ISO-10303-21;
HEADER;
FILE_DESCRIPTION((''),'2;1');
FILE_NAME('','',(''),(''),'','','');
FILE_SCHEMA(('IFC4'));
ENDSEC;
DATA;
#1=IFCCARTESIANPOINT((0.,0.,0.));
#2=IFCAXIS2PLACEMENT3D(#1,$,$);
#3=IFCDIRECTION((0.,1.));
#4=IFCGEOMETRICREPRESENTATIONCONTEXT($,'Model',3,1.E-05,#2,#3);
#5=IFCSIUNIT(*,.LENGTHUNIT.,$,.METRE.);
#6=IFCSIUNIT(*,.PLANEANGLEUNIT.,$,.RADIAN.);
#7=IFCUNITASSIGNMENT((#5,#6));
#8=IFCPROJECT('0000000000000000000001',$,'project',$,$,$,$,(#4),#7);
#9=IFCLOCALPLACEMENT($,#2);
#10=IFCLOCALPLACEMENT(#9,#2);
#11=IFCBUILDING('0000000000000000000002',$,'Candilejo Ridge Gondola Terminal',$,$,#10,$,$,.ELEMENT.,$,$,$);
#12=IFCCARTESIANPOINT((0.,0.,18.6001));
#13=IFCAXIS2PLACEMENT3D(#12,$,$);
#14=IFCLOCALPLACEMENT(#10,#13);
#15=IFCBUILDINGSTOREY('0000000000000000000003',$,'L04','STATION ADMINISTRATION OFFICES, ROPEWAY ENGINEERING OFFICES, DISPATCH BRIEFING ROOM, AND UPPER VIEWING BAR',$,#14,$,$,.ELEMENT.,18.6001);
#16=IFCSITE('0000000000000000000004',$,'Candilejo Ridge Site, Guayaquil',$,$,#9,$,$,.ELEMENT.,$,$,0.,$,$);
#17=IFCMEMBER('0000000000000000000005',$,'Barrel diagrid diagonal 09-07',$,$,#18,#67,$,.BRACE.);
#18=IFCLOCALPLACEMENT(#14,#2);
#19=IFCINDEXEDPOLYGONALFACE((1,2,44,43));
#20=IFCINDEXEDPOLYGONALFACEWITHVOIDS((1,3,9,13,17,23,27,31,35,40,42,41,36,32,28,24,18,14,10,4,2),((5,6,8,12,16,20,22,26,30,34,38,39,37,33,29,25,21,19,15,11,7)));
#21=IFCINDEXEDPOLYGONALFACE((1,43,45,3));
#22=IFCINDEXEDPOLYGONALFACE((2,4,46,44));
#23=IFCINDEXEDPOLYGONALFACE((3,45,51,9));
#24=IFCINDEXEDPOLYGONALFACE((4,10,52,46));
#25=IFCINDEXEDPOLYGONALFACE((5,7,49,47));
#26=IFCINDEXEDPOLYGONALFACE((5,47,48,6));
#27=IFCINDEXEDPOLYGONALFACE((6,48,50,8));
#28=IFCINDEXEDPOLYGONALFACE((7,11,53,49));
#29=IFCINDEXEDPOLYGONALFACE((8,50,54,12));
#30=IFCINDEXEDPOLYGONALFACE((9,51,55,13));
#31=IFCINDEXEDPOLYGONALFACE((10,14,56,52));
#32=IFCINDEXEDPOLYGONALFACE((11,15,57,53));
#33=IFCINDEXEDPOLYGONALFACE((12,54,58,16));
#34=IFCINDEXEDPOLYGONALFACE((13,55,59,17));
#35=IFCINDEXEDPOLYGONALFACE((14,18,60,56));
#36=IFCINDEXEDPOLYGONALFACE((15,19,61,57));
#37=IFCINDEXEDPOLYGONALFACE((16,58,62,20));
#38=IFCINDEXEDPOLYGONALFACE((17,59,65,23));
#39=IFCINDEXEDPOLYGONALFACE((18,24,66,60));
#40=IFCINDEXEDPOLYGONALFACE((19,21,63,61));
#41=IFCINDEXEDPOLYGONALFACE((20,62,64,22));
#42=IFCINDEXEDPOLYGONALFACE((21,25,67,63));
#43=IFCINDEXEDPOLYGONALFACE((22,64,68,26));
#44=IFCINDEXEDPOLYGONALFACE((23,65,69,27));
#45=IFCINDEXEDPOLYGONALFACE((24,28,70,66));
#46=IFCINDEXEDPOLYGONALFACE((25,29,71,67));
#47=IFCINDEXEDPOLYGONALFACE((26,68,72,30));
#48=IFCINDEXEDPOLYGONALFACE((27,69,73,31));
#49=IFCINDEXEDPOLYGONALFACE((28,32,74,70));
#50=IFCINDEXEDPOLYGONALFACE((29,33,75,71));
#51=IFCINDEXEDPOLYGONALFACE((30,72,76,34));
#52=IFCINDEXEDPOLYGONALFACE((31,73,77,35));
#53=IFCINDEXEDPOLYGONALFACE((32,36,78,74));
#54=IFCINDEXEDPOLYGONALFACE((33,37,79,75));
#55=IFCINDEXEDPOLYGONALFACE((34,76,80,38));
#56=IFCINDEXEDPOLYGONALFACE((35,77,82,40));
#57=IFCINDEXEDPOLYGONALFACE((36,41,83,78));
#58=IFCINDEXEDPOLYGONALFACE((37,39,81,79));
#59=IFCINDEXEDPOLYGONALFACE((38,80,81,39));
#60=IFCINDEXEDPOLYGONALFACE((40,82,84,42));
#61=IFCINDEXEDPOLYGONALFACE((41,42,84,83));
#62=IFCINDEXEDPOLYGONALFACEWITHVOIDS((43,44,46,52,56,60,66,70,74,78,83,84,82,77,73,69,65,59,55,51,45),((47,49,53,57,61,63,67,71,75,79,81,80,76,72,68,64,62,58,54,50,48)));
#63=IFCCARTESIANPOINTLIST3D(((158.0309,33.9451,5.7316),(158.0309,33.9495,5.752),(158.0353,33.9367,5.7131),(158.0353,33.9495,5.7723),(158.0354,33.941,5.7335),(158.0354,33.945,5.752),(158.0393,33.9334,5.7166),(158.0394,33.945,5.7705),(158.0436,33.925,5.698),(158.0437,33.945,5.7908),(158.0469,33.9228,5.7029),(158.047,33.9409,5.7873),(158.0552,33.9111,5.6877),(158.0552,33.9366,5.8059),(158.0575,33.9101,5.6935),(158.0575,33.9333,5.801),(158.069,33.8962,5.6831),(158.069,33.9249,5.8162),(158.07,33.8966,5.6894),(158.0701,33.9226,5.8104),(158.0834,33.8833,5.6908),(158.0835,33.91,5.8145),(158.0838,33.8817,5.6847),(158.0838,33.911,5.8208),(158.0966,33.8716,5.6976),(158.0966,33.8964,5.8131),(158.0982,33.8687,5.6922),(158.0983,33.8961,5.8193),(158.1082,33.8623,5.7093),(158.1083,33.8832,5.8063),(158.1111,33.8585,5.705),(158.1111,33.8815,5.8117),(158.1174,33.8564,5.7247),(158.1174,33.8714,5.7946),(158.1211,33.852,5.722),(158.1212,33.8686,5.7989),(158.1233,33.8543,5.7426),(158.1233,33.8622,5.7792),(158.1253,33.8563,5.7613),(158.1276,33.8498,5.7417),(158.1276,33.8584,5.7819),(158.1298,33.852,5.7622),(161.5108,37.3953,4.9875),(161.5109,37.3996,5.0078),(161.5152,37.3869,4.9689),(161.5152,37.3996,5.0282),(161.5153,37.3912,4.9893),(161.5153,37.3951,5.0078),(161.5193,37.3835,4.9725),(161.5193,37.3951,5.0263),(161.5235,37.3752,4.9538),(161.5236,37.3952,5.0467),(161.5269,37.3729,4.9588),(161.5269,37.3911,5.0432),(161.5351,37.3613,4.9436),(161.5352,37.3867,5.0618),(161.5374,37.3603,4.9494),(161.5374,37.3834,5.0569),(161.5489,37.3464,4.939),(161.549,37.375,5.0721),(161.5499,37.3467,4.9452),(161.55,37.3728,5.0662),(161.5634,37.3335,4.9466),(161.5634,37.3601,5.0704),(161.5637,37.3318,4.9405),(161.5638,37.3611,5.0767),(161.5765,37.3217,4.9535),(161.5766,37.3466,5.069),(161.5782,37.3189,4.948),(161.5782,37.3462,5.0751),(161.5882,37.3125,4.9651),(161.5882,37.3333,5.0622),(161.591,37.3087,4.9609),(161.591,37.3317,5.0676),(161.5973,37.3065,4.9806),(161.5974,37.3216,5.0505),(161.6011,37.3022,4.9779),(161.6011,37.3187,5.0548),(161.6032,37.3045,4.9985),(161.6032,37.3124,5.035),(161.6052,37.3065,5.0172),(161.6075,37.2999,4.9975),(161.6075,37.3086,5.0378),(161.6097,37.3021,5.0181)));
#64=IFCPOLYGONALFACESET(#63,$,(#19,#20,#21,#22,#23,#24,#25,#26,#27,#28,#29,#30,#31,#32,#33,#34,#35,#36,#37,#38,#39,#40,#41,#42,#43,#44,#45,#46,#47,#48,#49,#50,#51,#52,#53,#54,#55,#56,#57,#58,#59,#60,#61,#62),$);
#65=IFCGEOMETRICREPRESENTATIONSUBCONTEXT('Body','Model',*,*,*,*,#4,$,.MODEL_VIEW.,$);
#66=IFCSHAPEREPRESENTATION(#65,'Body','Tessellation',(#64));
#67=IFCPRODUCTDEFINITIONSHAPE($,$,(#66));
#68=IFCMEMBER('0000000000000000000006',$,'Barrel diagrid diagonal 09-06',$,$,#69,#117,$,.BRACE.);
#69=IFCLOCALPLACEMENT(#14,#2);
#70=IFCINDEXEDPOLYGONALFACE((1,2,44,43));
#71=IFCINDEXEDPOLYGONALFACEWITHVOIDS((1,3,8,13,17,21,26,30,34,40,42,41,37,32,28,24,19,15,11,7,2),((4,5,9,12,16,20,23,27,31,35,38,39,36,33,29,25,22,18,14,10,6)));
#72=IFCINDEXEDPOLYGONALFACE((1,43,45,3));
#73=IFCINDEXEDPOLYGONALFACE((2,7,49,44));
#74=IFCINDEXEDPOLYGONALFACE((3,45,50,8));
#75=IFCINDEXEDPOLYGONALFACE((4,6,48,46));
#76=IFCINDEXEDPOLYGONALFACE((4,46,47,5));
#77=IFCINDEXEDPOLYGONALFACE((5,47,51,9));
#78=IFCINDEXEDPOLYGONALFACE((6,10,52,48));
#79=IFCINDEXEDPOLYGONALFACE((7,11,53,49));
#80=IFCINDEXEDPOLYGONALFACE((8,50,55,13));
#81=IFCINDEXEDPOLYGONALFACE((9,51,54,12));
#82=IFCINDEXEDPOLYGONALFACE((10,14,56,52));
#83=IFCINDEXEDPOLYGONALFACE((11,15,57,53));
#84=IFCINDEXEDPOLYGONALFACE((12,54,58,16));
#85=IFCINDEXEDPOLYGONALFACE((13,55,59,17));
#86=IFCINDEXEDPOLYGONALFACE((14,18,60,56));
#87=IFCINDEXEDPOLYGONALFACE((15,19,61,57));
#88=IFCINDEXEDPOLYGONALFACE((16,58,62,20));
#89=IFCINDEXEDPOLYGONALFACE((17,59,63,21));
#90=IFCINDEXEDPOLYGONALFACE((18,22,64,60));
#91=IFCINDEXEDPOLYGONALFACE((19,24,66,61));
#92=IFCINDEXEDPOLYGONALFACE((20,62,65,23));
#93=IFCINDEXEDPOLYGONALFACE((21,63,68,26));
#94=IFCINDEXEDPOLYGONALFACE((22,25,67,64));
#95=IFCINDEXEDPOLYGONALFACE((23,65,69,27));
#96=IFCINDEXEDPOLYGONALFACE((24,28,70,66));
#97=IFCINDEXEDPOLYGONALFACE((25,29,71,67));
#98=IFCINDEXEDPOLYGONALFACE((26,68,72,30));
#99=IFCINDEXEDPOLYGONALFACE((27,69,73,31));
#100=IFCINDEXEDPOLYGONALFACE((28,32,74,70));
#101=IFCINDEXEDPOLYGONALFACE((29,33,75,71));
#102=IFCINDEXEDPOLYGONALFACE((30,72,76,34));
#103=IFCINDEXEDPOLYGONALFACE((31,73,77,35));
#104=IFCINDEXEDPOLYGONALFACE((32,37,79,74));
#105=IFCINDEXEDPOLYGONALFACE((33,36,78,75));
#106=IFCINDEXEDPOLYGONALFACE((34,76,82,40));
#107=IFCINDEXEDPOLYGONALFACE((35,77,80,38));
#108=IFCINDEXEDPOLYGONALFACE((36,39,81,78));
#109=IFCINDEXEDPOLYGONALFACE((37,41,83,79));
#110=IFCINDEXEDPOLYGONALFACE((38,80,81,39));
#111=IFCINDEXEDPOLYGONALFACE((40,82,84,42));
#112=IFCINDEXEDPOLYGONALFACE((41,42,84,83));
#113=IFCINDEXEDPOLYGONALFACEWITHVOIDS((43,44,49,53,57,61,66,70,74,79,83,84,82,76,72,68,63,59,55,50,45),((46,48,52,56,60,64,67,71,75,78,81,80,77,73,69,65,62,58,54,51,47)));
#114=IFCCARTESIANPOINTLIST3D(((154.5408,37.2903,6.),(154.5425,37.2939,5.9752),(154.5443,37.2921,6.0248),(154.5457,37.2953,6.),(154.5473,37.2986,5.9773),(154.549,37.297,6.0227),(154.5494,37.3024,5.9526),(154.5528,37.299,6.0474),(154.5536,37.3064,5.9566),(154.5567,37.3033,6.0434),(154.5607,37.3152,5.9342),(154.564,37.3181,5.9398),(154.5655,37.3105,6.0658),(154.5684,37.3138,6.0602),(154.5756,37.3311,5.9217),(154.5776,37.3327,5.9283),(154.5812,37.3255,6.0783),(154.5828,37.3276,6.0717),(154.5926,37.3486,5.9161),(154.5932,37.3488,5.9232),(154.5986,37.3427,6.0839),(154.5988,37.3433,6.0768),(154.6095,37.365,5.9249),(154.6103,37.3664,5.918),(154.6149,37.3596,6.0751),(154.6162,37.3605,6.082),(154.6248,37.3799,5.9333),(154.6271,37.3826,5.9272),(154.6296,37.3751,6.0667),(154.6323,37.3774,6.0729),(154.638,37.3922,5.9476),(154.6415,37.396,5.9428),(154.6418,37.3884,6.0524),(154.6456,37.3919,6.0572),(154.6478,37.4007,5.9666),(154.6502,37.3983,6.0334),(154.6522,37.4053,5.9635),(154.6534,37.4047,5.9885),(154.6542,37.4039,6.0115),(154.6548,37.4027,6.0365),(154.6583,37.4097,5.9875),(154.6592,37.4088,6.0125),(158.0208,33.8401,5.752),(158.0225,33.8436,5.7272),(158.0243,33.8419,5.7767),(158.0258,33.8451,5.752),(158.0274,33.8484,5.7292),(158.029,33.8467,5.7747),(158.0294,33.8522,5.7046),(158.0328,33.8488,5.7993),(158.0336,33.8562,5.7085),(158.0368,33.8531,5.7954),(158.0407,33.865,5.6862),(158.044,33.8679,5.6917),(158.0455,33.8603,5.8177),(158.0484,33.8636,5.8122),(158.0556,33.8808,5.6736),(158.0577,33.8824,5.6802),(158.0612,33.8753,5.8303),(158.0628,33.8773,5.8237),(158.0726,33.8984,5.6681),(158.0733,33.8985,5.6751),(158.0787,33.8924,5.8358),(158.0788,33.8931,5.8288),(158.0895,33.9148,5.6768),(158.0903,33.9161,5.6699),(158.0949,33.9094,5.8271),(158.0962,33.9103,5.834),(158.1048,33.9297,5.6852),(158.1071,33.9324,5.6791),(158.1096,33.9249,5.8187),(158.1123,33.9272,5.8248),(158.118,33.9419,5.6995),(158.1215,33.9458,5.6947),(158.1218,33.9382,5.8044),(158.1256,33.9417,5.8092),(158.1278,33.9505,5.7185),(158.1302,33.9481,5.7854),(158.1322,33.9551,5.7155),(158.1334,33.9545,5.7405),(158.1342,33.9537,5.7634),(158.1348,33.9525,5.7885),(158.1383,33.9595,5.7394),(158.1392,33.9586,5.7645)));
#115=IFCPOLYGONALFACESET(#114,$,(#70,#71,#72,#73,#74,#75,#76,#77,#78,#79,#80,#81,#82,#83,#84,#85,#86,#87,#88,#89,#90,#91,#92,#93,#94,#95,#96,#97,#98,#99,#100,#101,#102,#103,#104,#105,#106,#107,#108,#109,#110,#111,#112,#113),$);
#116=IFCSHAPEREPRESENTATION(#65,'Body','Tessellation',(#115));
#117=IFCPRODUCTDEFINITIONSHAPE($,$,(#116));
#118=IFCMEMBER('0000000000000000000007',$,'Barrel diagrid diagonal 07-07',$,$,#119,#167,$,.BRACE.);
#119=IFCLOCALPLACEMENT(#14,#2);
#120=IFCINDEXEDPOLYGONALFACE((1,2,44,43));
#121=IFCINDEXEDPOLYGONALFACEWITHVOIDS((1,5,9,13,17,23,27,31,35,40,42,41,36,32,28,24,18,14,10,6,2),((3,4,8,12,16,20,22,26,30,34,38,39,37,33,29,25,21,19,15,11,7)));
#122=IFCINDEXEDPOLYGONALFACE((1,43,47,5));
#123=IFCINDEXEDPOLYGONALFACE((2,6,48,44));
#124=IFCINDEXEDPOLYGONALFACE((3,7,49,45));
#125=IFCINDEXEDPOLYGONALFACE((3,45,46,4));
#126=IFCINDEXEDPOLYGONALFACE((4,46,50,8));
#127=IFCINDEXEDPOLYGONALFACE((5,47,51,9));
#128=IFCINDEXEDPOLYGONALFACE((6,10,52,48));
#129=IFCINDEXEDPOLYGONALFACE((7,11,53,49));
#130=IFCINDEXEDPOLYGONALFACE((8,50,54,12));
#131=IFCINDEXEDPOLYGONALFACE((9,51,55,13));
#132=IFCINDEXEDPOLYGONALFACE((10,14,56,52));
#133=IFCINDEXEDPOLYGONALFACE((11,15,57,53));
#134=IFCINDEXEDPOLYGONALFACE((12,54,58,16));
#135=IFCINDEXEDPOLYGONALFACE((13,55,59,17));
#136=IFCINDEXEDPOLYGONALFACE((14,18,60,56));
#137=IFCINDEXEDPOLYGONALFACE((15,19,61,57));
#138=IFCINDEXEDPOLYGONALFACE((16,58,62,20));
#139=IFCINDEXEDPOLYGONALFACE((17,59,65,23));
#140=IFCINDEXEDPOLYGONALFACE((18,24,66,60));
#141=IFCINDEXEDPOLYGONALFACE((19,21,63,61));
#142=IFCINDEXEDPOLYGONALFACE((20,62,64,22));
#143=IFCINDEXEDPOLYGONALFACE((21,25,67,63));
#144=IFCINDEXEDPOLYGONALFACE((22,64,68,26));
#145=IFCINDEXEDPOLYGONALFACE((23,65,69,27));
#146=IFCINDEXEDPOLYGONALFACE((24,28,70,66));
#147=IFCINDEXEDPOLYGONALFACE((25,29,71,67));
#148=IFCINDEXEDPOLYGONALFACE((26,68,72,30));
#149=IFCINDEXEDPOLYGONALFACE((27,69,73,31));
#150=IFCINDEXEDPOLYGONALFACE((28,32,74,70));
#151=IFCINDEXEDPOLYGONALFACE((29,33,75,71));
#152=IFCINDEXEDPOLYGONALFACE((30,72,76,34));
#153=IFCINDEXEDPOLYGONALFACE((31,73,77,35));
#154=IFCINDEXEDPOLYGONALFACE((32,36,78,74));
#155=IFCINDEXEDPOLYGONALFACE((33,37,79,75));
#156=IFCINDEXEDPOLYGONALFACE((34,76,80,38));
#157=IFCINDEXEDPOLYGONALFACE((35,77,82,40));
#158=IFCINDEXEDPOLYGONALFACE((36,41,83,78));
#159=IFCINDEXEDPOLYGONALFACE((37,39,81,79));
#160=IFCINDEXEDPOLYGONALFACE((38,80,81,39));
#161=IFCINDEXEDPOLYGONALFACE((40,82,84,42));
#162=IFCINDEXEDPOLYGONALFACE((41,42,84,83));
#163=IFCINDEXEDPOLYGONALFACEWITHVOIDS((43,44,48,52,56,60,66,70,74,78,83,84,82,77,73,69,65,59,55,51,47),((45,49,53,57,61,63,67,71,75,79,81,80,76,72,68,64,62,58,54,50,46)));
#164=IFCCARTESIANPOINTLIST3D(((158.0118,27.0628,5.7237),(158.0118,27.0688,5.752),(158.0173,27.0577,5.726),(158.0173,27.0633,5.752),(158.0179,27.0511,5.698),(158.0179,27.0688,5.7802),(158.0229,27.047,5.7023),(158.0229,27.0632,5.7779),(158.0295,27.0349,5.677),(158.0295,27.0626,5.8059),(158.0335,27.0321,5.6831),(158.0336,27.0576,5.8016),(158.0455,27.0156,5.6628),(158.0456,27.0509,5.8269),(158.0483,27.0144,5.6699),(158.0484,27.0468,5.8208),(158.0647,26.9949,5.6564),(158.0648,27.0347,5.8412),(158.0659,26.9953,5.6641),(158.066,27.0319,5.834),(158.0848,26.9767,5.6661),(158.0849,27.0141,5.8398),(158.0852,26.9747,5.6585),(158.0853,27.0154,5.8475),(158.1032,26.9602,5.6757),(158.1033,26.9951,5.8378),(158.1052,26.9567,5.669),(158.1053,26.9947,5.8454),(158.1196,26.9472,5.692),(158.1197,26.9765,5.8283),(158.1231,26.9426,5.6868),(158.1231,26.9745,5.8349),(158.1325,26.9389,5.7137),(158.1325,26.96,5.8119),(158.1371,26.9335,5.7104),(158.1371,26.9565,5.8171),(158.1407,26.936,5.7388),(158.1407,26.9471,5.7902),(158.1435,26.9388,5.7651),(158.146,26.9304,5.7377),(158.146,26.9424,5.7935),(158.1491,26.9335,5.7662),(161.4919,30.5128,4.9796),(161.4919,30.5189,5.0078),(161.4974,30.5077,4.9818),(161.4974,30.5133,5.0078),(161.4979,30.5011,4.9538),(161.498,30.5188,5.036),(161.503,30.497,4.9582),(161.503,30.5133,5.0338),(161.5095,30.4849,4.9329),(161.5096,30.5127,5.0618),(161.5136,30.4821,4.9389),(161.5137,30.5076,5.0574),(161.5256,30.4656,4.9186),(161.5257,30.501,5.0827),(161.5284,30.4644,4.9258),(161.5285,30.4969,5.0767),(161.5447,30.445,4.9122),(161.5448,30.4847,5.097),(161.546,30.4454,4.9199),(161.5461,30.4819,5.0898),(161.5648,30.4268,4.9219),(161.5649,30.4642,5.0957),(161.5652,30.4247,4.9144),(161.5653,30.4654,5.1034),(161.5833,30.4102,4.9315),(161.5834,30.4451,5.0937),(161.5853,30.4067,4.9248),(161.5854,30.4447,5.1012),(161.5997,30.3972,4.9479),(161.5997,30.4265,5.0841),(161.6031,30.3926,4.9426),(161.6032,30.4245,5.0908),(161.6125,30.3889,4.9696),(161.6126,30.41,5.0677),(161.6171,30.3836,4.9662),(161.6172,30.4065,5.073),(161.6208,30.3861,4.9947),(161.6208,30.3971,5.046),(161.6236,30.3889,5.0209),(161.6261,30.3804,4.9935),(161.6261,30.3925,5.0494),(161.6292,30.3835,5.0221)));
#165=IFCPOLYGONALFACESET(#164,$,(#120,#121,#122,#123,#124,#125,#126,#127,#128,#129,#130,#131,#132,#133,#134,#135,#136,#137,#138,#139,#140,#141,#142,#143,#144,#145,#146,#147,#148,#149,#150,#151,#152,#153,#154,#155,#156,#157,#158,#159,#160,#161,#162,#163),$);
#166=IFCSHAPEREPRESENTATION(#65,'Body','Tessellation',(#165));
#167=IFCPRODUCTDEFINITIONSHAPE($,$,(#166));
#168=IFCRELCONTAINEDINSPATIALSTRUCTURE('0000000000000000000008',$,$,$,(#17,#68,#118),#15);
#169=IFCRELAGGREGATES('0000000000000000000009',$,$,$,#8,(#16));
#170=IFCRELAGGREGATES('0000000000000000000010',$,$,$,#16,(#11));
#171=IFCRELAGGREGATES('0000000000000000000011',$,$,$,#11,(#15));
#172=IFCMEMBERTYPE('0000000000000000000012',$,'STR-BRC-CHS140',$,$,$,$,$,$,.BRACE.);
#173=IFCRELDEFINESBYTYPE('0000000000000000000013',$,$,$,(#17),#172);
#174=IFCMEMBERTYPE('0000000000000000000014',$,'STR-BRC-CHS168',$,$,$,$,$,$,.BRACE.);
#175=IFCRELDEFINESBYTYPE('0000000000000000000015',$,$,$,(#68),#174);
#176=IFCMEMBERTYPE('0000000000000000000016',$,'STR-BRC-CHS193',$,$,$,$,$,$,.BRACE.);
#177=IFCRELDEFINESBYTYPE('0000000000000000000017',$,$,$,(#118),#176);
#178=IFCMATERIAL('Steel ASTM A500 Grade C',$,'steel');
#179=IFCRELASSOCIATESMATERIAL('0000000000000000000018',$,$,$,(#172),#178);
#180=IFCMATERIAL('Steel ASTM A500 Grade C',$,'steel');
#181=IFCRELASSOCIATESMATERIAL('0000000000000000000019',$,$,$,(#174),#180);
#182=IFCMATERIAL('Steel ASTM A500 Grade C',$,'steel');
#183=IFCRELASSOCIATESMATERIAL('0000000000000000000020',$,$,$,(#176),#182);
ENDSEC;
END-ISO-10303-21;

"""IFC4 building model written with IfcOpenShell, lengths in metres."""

from ifc_helpers import new_model, si_unit, direction, frame, origin, origin_2d, place, context, subcontext, project, spatial, hollow_circle, extrude, material, material_profile, profile_set, type_object, element, save


model = new_model("IFC4")

# Units and contexts
model_context = context("Model", 3, precision=1e-05, world=origin(), true_north=direction((0.0, 1.0)))
body_context = subcontext(model_context, "Body", "Model", "MODEL_VIEW")
ifc_project = project(units=[si_unit("LENGTHUNIT", "METRE"), si_unit("PLANEANGLEUNIT", "RADIAN")], contexts=[model_context])

# Site, building, storey
site_placement = place(None, origin())
site = spatial("IfcSite", under=ifc_project, at=site_placement, Name="Candilejo Ridge Site, Guayaquil", CompositionType="ELEMENT", RefElevation=0.0)
building_placement = place(site_placement, origin())
building = spatial("IfcBuilding", under=site, at=building_placement, Name="Candilejo Ridge Gondola Terminal", CompositionType="ELEMENT")
storey_placement = place(building_placement, frame((0.0, 0.0, 18.6001)))
storey = spatial("IfcBuildingStorey", under=building, at=storey_placement, Name="L04", Description="STATION ADMINISTRATION OFFICES, ROPEWAY ENGINEERING OFFICES, DISPATCH BRIEFING ROOM, AND UPPER VIEWING BAR", CompositionType="ELEMENT", Elevation=18.6001)

# Members
ifc_material_1 = material(Name="Steel ASTM A500 Grade C", Category="steel")
ifc_material_profile_1 = material_profile(ifc_material_1, hollow_circle(Radius=0.0698, WallThickness=0.0063, at=origin_2d()))
ifc_profile_set_1 = profile_set([ifc_material_profile_1], Name="Steel ASTM A500 Grade C")
member_type_1 = type_object("IfcMemberType", Name="STR-BRC-CHS140", PredefinedType="BRACE", material=ifc_profile_set_1)
member_1_placement = place(storey_placement, frame((158.0801, 33.8999, 5.752), z_axis=(0.702091, 0.696081, -0.150131), x_axis=(-0.704061, 0.710139, 0.0)))
element("IfcMember", 1, at=member_1_placement, inside=storey, type_object=member_type_1, Name="Barrel diagrid diagonal 09-07", PredefinedType="BRACE", context=body_context, shape_type="SweptSolid", body=[
    extrude(hollow_circle(Radius=0.0698, WallThickness=0.0063, at=origin_2d()), origin(), (0.0, 0.0, 1.0), 4.9565),
])
ifc_material_2 = material(Name="Steel ASTM A500 Grade C", Category="steel")
ifc_material_profile_2 = material_profile(ifc_material_2, hollow_circle(Radius=0.0842, WallThickness=0.0071, at=origin_2d()))
ifc_profile_set_2 = profile_set([ifc_material_profile_2], Name="Steel ASTM A500 Grade C")
member_type_2 = type_object("IfcMemberType", Name="STR-BRC-CHS168", PredefinedType="BRACE", material=ifc_profile_set_2)
member_2_placement = place(storey_placement, frame((158.0801, 33.8999, 5.752), z_axis=(-0.709231, 0.703161, 0.050553), x_axis=(-0.704061, -0.710139, 0.0)))
element("IfcMember", 2, at=member_2_placement, inside=storey, type_object=member_type_2, Name="Barrel diagrid diagonal 09-06", PredefinedType="BRACE", context=body_context, shape_type="SweptSolid", body=[
    extrude(hollow_circle(Radius=0.0842, WallThickness=0.0071, at=origin_2d()), origin(), (0.0, 0.0, 1.0), 4.9067),
])
ifc_material_3 = material(Name="Steel ASTM A500 Grade C", Category="steel")
ifc_material_profile_3 = material_profile(ifc_material_3, hollow_circle(Radius=0.0969, WallThickness=0.0078, at=origin_2d()))
ifc_profile_set_3 = profile_set([ifc_material_profile_3], Name="Steel ASTM A500 Grade C")
member_type_3 = type_object("IfcMemberType", Name="STR-BRC-CHS193", PredefinedType="BRACE", material=ifc_profile_set_3)
member_3_placement = place(storey_placement, frame((158.0801, 27.0, 5.752), z_axis=(0.702115, 0.696056, -0.150136), x_axis=(-0.704036, 0.710164, 0.0)))
element("IfcMember", 3, at=member_3_placement, inside=storey, type_object=member_type_3, Name="Barrel diagrid diagonal 07-07", PredefinedType="BRACE", context=body_context, shape_type="SweptSolid", body=[
    extrude(hollow_circle(Radius=0.0969, WallThickness=0.0078, at=origin_2d()), origin(), (0.0, 0.0, 1.0), 4.9565),
])

save(model, "model.ifc")
